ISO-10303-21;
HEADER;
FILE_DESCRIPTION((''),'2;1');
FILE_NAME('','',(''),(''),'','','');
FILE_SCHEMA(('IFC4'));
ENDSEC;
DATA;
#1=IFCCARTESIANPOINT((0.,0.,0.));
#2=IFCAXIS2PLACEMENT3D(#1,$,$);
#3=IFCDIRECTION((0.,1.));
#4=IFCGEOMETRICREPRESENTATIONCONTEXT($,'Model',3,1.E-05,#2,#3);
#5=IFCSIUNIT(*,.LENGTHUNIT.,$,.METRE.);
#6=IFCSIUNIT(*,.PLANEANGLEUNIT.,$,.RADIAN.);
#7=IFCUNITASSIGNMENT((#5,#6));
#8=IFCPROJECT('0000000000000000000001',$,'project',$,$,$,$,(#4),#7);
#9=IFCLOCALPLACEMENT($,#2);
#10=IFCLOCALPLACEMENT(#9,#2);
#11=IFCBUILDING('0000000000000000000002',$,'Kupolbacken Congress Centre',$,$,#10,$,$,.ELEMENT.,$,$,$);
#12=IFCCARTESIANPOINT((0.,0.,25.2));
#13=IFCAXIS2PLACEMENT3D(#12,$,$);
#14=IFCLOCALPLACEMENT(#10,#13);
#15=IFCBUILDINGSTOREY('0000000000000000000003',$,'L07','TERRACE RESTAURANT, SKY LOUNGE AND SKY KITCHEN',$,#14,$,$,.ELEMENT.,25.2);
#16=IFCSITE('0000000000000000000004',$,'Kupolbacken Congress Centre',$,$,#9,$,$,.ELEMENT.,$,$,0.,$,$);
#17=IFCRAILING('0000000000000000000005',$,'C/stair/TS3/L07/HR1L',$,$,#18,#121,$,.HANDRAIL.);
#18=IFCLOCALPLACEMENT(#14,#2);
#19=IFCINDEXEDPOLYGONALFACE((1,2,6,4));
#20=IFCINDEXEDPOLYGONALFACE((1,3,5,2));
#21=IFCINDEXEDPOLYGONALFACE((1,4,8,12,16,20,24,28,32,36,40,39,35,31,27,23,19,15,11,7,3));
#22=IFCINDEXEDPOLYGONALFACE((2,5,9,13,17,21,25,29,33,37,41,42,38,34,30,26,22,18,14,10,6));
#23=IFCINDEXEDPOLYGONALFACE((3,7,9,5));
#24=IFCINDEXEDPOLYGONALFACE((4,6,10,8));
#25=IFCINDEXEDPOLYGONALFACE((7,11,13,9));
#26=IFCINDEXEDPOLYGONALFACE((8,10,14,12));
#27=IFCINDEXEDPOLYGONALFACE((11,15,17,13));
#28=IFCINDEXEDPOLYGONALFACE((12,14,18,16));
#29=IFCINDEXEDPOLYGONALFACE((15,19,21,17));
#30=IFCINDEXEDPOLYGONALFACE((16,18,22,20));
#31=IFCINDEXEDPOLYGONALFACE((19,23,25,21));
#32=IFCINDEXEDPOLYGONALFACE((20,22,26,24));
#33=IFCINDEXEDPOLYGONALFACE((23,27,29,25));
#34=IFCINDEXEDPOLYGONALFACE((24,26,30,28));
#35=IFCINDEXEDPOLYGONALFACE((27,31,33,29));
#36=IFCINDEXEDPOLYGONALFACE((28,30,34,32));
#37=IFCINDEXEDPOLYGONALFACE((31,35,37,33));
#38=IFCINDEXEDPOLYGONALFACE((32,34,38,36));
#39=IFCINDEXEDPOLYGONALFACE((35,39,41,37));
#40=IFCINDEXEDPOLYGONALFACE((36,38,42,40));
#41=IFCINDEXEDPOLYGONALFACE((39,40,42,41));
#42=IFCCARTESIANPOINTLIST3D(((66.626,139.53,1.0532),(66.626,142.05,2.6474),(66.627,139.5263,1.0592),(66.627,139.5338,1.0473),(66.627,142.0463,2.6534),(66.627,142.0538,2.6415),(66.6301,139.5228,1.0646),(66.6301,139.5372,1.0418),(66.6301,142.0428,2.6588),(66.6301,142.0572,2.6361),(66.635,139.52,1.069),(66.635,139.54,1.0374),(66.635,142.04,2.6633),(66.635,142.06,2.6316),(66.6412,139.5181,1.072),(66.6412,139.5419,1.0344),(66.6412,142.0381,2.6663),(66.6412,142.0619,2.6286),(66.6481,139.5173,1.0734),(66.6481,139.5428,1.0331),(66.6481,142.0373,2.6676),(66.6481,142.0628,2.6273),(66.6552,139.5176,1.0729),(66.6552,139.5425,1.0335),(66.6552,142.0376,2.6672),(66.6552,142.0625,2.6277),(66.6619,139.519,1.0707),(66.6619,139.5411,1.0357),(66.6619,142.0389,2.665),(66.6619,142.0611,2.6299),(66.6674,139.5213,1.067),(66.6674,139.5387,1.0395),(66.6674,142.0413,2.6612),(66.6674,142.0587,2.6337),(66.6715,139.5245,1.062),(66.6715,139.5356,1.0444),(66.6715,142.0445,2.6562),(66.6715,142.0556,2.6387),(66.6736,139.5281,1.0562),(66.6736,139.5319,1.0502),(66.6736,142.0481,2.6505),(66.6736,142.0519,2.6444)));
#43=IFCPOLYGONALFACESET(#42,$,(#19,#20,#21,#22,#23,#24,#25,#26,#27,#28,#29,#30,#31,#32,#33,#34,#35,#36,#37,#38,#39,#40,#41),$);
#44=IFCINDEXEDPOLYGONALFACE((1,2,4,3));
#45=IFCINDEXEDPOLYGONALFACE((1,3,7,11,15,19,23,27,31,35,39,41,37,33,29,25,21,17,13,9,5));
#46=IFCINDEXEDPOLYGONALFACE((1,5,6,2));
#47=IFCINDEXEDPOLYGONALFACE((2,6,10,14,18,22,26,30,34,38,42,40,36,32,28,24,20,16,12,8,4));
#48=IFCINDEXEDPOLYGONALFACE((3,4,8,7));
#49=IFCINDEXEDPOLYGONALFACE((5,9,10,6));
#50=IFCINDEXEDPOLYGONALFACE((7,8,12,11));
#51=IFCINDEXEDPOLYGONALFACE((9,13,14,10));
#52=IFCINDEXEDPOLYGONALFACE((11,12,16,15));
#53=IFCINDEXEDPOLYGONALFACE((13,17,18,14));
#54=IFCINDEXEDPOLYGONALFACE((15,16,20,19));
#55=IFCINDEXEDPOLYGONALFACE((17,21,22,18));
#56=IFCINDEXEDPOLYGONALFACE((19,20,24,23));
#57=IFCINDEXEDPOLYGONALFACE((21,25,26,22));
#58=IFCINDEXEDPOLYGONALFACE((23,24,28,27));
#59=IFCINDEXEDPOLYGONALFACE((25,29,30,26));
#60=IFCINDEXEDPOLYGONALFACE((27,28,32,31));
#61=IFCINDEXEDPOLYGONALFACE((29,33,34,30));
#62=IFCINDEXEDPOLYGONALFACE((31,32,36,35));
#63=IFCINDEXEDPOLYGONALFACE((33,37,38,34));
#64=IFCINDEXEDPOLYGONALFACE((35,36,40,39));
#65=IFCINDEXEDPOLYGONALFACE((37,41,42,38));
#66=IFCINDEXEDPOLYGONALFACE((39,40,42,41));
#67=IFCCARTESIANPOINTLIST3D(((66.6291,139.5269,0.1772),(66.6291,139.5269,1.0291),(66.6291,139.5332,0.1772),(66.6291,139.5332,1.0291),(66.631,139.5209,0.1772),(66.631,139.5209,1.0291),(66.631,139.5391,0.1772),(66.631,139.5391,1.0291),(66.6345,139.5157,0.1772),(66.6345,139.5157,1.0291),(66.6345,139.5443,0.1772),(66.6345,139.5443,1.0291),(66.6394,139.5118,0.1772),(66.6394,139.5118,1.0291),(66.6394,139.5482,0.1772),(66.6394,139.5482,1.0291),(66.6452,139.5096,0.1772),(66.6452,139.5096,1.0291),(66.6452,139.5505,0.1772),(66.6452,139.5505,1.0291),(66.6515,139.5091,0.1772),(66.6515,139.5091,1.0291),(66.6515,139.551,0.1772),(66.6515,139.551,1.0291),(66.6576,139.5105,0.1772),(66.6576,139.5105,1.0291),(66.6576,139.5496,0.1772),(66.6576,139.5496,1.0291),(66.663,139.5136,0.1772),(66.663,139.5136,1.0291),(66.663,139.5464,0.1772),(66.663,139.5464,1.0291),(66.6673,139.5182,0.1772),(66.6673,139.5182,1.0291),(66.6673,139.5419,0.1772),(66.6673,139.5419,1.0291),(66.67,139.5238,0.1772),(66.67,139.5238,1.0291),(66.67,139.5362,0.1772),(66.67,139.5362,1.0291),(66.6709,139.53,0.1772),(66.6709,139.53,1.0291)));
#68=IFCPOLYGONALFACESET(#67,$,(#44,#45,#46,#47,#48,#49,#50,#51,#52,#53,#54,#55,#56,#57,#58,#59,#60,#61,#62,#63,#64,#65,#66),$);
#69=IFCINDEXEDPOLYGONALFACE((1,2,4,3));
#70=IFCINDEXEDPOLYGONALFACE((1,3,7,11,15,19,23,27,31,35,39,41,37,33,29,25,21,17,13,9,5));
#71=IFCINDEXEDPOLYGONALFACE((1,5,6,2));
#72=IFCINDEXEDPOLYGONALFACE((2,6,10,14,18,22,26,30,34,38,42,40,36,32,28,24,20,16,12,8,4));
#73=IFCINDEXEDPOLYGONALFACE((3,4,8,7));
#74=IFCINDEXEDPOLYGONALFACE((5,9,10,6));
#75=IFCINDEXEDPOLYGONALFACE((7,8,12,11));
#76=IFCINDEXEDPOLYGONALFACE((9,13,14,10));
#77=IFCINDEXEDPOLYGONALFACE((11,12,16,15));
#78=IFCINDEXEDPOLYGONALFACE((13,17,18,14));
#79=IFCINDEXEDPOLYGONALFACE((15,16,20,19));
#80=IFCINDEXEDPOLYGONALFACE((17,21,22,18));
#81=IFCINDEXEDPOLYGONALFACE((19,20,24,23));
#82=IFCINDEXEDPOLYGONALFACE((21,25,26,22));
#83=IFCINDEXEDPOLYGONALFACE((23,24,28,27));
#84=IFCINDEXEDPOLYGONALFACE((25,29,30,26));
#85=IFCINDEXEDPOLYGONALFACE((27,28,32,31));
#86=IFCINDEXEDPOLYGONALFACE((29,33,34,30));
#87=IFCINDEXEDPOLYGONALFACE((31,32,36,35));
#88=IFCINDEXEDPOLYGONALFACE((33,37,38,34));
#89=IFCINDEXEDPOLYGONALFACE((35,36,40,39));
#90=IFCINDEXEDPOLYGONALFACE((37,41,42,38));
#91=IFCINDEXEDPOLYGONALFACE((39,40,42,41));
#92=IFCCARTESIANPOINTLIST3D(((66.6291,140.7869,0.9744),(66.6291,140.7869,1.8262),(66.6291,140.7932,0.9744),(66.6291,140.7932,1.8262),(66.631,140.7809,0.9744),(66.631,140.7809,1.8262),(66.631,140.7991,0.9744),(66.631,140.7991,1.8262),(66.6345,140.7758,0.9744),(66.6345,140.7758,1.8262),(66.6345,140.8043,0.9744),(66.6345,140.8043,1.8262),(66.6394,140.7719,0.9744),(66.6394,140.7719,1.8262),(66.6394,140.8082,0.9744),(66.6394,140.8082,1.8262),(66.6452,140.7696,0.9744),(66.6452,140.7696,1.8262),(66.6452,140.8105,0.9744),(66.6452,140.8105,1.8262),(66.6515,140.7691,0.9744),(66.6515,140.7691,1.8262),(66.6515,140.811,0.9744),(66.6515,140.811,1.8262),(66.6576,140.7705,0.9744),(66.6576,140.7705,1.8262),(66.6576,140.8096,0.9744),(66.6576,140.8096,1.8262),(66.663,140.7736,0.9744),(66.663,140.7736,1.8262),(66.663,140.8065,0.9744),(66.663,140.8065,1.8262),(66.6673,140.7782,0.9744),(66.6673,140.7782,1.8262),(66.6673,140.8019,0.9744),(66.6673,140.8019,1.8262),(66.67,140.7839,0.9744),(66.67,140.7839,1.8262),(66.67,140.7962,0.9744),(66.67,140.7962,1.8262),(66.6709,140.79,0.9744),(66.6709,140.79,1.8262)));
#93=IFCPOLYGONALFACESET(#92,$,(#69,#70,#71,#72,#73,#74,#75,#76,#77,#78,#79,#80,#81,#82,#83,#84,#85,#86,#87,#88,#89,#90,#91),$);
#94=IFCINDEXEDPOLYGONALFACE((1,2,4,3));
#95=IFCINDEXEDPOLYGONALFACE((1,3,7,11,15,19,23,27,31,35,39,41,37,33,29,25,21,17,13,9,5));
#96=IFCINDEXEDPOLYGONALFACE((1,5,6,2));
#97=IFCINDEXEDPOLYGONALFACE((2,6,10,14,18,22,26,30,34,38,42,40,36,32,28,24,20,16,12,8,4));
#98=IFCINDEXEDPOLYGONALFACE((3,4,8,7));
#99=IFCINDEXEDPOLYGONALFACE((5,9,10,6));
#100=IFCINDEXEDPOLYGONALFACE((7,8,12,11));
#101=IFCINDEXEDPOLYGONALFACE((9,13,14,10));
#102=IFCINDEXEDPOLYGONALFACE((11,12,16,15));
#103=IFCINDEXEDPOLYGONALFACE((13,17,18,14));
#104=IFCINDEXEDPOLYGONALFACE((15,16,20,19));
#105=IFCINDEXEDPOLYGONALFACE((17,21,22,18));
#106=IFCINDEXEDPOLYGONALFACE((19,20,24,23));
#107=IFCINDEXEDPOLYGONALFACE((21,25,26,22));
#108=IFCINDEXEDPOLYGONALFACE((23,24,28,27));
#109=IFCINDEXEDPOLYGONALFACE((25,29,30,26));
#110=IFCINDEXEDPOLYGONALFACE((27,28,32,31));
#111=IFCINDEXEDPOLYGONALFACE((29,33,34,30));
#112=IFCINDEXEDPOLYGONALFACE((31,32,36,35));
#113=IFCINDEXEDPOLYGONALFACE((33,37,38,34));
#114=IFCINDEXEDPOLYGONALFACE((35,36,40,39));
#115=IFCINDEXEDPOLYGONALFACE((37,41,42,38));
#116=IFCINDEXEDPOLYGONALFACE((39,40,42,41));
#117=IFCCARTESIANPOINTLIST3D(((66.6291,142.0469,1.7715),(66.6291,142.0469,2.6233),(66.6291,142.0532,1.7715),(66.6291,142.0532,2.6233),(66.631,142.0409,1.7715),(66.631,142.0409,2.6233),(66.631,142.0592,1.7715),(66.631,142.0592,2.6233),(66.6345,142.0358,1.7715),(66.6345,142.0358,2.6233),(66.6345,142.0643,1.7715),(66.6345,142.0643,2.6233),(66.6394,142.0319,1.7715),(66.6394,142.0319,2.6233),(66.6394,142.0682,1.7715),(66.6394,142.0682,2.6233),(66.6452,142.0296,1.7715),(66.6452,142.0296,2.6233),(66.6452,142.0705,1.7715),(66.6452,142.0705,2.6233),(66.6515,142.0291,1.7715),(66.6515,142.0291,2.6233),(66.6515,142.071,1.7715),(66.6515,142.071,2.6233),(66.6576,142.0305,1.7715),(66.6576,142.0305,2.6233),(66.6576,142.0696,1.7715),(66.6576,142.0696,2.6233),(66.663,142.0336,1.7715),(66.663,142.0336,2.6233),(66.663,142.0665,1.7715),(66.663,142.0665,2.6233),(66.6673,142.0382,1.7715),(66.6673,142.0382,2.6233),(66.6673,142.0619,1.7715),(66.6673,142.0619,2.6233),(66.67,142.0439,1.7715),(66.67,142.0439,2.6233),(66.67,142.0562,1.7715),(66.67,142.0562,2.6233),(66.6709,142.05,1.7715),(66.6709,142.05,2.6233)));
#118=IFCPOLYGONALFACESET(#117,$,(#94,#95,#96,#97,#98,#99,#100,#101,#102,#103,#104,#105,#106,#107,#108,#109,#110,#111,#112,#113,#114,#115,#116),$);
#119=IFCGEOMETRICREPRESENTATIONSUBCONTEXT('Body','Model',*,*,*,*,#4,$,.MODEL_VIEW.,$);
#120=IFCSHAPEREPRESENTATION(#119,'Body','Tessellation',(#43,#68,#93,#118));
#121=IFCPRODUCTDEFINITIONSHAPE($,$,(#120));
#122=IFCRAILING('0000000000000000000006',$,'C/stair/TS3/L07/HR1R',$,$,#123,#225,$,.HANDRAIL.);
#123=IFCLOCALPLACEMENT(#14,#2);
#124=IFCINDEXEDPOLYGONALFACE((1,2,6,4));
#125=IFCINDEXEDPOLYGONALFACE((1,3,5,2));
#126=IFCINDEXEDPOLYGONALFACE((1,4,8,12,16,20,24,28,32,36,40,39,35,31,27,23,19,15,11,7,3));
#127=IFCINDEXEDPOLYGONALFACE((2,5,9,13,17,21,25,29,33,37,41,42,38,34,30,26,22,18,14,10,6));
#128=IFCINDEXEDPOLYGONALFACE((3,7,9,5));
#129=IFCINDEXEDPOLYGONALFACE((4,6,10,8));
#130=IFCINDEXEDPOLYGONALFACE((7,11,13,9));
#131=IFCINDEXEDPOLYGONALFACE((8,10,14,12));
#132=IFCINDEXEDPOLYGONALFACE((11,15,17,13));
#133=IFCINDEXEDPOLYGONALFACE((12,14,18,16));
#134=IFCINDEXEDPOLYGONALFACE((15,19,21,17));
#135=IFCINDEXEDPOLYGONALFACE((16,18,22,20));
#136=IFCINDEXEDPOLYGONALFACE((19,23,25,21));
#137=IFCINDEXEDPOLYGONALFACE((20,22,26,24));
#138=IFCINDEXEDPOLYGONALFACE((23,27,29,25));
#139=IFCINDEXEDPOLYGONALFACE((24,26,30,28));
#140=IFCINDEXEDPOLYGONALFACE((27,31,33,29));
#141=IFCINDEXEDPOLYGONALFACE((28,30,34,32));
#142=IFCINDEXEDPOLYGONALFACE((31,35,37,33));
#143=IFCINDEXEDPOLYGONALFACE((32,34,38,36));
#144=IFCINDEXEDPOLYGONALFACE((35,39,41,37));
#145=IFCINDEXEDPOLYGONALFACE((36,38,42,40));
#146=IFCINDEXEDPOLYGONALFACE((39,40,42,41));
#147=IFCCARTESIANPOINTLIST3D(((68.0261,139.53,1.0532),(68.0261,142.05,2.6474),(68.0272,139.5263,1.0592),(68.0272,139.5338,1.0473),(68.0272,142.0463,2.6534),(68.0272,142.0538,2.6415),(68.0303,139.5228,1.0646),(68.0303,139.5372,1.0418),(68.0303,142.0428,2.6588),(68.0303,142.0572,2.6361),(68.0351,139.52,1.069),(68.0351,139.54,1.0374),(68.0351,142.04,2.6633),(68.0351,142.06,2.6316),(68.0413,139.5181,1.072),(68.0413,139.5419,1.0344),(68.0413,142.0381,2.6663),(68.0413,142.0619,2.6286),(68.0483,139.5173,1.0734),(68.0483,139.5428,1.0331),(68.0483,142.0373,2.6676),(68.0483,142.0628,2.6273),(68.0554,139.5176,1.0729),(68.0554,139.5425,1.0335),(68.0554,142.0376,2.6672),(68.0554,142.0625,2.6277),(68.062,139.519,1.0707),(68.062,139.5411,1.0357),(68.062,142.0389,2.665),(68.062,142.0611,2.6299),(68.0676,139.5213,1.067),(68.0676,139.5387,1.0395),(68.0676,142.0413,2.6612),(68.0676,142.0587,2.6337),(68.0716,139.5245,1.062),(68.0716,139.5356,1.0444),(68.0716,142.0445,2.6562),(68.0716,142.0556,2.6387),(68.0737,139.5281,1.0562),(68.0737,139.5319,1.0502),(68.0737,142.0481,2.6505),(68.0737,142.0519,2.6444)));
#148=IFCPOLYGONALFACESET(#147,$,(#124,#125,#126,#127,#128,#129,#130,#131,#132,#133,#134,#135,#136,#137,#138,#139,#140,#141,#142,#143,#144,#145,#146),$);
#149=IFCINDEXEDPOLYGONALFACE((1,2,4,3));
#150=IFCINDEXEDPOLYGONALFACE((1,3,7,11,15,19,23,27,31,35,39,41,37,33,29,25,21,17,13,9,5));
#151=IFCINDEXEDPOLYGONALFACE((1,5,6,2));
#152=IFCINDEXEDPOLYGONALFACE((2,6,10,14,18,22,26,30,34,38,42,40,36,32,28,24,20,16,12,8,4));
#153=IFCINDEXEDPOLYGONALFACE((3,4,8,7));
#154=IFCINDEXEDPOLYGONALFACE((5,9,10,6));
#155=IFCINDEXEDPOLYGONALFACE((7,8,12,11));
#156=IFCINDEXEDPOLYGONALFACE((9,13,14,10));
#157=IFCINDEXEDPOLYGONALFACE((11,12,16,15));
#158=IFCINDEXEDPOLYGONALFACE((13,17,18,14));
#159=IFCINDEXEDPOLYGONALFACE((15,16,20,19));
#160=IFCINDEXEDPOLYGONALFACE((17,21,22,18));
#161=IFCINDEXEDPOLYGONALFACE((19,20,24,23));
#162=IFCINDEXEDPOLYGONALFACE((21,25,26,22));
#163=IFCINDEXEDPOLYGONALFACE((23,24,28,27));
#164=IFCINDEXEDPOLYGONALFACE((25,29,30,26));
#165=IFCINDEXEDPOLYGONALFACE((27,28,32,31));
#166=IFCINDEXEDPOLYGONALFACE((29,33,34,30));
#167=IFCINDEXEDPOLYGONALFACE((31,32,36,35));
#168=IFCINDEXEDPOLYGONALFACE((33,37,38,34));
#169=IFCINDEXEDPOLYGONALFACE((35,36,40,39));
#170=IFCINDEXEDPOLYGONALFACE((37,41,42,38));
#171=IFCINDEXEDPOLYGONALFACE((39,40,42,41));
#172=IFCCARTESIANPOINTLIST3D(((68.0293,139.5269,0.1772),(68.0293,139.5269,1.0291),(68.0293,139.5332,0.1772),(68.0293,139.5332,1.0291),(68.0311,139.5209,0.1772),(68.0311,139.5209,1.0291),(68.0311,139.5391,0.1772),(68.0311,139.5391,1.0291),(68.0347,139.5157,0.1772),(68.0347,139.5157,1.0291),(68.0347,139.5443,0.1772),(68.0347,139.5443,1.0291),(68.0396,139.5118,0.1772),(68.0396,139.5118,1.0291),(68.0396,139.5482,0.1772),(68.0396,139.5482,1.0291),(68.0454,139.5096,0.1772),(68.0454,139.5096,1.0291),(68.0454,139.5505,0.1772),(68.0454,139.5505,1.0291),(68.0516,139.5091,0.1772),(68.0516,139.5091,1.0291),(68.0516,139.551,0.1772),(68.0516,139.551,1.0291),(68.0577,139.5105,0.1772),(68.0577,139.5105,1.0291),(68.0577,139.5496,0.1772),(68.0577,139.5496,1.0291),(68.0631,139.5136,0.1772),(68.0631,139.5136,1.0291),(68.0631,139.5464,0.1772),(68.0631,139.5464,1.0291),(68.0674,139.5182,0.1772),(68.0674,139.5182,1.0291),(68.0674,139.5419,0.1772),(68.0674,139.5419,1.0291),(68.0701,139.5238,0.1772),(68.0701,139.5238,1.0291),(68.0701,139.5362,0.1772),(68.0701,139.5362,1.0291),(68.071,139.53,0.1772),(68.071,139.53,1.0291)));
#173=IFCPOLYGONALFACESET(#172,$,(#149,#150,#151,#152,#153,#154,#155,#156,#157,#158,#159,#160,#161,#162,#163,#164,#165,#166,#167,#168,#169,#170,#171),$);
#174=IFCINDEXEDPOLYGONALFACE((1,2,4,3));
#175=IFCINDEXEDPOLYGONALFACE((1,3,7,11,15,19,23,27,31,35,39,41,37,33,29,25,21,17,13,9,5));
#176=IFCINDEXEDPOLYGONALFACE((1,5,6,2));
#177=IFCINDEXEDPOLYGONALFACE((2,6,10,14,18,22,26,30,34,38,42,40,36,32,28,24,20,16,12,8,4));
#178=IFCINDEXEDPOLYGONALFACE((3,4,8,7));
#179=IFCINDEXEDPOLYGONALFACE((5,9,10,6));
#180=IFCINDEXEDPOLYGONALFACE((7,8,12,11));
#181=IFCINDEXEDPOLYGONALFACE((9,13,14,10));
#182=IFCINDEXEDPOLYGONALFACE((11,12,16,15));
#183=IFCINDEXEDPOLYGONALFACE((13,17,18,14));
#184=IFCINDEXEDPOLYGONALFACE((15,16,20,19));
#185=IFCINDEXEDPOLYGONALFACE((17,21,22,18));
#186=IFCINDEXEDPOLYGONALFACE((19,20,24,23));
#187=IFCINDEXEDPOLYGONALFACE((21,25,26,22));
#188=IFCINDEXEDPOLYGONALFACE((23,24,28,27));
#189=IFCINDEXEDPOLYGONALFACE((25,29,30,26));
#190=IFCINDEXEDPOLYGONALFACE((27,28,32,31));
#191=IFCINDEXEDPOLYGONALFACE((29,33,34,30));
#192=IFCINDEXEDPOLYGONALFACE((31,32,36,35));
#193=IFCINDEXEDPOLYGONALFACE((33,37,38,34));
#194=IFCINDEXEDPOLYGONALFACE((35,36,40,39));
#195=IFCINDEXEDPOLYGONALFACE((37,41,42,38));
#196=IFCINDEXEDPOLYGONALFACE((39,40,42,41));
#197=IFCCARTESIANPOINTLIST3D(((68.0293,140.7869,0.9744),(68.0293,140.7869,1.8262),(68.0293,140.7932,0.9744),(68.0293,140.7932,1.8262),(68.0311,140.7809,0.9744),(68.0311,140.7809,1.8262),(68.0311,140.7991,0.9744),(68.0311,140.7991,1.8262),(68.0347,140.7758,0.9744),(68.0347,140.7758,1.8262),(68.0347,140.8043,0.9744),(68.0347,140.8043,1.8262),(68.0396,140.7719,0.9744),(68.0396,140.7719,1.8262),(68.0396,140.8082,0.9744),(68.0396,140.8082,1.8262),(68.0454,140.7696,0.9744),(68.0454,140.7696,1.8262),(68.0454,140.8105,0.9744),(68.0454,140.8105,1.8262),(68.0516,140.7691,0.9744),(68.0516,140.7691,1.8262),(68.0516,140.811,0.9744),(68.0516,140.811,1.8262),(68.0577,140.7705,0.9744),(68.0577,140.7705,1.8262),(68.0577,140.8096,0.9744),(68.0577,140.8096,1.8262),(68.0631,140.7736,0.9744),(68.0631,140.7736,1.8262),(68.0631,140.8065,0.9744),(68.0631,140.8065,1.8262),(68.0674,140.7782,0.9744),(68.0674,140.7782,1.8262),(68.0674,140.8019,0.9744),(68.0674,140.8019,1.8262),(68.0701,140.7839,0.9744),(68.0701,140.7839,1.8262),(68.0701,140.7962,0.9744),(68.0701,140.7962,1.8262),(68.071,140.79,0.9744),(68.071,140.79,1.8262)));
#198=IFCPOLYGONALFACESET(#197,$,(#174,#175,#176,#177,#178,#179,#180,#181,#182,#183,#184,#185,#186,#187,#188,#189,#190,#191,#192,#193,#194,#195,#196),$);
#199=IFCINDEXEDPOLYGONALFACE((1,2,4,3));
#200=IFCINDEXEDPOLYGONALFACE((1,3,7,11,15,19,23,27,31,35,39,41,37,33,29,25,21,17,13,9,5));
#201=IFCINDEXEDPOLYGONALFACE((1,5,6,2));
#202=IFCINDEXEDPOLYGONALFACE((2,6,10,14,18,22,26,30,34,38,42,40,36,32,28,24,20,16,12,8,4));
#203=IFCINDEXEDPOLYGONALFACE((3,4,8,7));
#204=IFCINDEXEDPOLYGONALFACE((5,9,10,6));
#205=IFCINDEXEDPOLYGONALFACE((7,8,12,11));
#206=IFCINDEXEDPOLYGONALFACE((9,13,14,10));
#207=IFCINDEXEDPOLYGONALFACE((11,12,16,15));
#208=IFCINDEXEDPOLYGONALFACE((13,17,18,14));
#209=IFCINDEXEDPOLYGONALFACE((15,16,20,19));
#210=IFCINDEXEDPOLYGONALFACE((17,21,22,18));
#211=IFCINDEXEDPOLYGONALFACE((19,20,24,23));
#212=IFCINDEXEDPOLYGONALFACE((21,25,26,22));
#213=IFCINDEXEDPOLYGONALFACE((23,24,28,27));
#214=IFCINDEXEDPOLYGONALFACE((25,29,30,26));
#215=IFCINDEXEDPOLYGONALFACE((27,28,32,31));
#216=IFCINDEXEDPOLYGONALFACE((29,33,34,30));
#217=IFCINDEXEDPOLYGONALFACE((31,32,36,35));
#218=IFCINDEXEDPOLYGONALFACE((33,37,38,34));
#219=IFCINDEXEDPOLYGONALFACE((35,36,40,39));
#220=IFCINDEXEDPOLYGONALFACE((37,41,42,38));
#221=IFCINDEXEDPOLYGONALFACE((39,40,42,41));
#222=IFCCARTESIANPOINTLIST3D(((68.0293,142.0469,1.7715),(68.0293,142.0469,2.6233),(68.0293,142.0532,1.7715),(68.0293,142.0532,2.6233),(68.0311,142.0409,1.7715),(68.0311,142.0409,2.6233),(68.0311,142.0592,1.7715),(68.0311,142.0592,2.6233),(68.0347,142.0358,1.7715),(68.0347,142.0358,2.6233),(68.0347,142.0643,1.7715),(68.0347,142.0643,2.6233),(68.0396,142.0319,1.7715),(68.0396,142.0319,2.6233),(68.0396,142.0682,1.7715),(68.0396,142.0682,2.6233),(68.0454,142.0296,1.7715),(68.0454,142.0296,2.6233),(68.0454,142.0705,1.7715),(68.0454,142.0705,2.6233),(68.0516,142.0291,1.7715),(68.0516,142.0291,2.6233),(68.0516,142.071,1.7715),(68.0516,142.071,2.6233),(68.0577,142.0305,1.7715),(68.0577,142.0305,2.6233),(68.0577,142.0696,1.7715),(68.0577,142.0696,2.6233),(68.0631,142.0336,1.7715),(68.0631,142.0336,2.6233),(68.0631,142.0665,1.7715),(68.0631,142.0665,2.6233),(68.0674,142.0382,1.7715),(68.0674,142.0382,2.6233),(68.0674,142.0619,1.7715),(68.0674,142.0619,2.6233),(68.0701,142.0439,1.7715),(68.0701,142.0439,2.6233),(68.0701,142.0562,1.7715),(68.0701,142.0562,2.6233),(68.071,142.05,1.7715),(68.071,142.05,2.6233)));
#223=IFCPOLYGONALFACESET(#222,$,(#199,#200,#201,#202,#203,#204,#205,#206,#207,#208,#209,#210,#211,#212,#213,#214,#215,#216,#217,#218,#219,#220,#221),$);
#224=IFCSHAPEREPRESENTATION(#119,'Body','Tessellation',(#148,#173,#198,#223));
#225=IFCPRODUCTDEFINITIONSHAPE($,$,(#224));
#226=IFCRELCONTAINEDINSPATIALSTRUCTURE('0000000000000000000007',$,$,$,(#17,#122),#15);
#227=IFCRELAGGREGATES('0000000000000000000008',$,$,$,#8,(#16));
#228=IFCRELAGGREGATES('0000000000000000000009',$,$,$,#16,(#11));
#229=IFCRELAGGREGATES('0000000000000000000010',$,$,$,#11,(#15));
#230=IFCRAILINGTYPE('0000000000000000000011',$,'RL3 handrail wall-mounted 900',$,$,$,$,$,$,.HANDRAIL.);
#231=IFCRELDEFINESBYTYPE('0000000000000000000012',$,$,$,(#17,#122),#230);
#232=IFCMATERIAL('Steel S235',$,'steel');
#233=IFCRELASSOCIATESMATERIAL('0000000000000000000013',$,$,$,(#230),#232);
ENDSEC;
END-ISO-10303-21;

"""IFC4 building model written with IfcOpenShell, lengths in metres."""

from ifc_helpers import new_model, si_unit, direction, frame, origin, origin_2d, place, context, subcontext, project, spatial, circle, extrude, material, type_object, element, save


model = new_model("IFC4")

# Units and contexts
model_context = context("Model", 3, precision=1e-05, world=origin(), true_north=direction((0.0, 1.0)))
body_context = subcontext(model_context, "Body", "Model", "MODEL_VIEW")
ifc_project = project(units=[si_unit("LENGTHUNIT", "METRE"), si_unit("PLANEANGLEUNIT", "RADIAN")], contexts=[model_context])

# Site, building, storey
site_placement = place(None, origin())
site = spatial("IfcSite", under=ifc_project, at=site_placement, Name="Kupolbacken Congress Centre", CompositionType="ELEMENT", RefElevation=0.0)
building_placement = place(site_placement, origin())
building = spatial("IfcBuilding", under=site, at=building_placement, Name="Kupolbacken Congress Centre", CompositionType="ELEMENT")
storey_placement = place(building_placement, frame((0.0, 0.0, 25.2)))
storey = spatial("IfcBuildingStorey", under=building, at=storey_placement, Name="L07", Description="TERRACE RESTAURANT, SKY LOUNGE AND SKY KITCHEN", CompositionType="ELEMENT", Elevation=25.2)

# Railings
ifc_material_1 = material(Name="Steel S235", Category="steel")
railing_type_1 = type_object("IfcRailingType", Name="RL3 handrail wall-mounted 900", PredefinedType="HANDRAIL", material=ifc_material_1)
for number, where, name in (
    (1, (66.6499, 139.53, 0.1772), "C/stair/TS3/L07/HR1L"),
    (2, (68.05, 139.53, 0.1772), "C/stair/TS3/L07/HR1R"),
):
    element("IfcRailing", number, at=place(storey_placement, frame(where)), inside=storey, type_object=railing_type_1, Name=name, PredefinedType="HANDRAIL", context=body_context, shape_type="SweptSolid", body=[
        extrude(circle(Radius=0.0239, at=origin_2d()), frame((0.0, 0.0, 0.876), z_axis=(0.0, 0.845088, 0.534627), x_axis=(-1.0, 0.0, 0.0)), (0.0, 0.0, 1.0), 2.9819),
        extrude(circle(Radius=0.021, at=origin_2d()), origin(), (0.0, 0.0, 1.0), 0.8518),
        extrude(circle(Radius=0.021, at=origin_2d()), frame((0.0, 1.26, 0.7971)), (0.0, 0.0, 1.0), 0.8518),
        extrude(circle(Radius=0.021, at=origin_2d()), frame((0.0, 2.52, 1.5942)), (0.0, 0.0, 1.0), 0.8518),
    ])

save(model, "model.ifc")
